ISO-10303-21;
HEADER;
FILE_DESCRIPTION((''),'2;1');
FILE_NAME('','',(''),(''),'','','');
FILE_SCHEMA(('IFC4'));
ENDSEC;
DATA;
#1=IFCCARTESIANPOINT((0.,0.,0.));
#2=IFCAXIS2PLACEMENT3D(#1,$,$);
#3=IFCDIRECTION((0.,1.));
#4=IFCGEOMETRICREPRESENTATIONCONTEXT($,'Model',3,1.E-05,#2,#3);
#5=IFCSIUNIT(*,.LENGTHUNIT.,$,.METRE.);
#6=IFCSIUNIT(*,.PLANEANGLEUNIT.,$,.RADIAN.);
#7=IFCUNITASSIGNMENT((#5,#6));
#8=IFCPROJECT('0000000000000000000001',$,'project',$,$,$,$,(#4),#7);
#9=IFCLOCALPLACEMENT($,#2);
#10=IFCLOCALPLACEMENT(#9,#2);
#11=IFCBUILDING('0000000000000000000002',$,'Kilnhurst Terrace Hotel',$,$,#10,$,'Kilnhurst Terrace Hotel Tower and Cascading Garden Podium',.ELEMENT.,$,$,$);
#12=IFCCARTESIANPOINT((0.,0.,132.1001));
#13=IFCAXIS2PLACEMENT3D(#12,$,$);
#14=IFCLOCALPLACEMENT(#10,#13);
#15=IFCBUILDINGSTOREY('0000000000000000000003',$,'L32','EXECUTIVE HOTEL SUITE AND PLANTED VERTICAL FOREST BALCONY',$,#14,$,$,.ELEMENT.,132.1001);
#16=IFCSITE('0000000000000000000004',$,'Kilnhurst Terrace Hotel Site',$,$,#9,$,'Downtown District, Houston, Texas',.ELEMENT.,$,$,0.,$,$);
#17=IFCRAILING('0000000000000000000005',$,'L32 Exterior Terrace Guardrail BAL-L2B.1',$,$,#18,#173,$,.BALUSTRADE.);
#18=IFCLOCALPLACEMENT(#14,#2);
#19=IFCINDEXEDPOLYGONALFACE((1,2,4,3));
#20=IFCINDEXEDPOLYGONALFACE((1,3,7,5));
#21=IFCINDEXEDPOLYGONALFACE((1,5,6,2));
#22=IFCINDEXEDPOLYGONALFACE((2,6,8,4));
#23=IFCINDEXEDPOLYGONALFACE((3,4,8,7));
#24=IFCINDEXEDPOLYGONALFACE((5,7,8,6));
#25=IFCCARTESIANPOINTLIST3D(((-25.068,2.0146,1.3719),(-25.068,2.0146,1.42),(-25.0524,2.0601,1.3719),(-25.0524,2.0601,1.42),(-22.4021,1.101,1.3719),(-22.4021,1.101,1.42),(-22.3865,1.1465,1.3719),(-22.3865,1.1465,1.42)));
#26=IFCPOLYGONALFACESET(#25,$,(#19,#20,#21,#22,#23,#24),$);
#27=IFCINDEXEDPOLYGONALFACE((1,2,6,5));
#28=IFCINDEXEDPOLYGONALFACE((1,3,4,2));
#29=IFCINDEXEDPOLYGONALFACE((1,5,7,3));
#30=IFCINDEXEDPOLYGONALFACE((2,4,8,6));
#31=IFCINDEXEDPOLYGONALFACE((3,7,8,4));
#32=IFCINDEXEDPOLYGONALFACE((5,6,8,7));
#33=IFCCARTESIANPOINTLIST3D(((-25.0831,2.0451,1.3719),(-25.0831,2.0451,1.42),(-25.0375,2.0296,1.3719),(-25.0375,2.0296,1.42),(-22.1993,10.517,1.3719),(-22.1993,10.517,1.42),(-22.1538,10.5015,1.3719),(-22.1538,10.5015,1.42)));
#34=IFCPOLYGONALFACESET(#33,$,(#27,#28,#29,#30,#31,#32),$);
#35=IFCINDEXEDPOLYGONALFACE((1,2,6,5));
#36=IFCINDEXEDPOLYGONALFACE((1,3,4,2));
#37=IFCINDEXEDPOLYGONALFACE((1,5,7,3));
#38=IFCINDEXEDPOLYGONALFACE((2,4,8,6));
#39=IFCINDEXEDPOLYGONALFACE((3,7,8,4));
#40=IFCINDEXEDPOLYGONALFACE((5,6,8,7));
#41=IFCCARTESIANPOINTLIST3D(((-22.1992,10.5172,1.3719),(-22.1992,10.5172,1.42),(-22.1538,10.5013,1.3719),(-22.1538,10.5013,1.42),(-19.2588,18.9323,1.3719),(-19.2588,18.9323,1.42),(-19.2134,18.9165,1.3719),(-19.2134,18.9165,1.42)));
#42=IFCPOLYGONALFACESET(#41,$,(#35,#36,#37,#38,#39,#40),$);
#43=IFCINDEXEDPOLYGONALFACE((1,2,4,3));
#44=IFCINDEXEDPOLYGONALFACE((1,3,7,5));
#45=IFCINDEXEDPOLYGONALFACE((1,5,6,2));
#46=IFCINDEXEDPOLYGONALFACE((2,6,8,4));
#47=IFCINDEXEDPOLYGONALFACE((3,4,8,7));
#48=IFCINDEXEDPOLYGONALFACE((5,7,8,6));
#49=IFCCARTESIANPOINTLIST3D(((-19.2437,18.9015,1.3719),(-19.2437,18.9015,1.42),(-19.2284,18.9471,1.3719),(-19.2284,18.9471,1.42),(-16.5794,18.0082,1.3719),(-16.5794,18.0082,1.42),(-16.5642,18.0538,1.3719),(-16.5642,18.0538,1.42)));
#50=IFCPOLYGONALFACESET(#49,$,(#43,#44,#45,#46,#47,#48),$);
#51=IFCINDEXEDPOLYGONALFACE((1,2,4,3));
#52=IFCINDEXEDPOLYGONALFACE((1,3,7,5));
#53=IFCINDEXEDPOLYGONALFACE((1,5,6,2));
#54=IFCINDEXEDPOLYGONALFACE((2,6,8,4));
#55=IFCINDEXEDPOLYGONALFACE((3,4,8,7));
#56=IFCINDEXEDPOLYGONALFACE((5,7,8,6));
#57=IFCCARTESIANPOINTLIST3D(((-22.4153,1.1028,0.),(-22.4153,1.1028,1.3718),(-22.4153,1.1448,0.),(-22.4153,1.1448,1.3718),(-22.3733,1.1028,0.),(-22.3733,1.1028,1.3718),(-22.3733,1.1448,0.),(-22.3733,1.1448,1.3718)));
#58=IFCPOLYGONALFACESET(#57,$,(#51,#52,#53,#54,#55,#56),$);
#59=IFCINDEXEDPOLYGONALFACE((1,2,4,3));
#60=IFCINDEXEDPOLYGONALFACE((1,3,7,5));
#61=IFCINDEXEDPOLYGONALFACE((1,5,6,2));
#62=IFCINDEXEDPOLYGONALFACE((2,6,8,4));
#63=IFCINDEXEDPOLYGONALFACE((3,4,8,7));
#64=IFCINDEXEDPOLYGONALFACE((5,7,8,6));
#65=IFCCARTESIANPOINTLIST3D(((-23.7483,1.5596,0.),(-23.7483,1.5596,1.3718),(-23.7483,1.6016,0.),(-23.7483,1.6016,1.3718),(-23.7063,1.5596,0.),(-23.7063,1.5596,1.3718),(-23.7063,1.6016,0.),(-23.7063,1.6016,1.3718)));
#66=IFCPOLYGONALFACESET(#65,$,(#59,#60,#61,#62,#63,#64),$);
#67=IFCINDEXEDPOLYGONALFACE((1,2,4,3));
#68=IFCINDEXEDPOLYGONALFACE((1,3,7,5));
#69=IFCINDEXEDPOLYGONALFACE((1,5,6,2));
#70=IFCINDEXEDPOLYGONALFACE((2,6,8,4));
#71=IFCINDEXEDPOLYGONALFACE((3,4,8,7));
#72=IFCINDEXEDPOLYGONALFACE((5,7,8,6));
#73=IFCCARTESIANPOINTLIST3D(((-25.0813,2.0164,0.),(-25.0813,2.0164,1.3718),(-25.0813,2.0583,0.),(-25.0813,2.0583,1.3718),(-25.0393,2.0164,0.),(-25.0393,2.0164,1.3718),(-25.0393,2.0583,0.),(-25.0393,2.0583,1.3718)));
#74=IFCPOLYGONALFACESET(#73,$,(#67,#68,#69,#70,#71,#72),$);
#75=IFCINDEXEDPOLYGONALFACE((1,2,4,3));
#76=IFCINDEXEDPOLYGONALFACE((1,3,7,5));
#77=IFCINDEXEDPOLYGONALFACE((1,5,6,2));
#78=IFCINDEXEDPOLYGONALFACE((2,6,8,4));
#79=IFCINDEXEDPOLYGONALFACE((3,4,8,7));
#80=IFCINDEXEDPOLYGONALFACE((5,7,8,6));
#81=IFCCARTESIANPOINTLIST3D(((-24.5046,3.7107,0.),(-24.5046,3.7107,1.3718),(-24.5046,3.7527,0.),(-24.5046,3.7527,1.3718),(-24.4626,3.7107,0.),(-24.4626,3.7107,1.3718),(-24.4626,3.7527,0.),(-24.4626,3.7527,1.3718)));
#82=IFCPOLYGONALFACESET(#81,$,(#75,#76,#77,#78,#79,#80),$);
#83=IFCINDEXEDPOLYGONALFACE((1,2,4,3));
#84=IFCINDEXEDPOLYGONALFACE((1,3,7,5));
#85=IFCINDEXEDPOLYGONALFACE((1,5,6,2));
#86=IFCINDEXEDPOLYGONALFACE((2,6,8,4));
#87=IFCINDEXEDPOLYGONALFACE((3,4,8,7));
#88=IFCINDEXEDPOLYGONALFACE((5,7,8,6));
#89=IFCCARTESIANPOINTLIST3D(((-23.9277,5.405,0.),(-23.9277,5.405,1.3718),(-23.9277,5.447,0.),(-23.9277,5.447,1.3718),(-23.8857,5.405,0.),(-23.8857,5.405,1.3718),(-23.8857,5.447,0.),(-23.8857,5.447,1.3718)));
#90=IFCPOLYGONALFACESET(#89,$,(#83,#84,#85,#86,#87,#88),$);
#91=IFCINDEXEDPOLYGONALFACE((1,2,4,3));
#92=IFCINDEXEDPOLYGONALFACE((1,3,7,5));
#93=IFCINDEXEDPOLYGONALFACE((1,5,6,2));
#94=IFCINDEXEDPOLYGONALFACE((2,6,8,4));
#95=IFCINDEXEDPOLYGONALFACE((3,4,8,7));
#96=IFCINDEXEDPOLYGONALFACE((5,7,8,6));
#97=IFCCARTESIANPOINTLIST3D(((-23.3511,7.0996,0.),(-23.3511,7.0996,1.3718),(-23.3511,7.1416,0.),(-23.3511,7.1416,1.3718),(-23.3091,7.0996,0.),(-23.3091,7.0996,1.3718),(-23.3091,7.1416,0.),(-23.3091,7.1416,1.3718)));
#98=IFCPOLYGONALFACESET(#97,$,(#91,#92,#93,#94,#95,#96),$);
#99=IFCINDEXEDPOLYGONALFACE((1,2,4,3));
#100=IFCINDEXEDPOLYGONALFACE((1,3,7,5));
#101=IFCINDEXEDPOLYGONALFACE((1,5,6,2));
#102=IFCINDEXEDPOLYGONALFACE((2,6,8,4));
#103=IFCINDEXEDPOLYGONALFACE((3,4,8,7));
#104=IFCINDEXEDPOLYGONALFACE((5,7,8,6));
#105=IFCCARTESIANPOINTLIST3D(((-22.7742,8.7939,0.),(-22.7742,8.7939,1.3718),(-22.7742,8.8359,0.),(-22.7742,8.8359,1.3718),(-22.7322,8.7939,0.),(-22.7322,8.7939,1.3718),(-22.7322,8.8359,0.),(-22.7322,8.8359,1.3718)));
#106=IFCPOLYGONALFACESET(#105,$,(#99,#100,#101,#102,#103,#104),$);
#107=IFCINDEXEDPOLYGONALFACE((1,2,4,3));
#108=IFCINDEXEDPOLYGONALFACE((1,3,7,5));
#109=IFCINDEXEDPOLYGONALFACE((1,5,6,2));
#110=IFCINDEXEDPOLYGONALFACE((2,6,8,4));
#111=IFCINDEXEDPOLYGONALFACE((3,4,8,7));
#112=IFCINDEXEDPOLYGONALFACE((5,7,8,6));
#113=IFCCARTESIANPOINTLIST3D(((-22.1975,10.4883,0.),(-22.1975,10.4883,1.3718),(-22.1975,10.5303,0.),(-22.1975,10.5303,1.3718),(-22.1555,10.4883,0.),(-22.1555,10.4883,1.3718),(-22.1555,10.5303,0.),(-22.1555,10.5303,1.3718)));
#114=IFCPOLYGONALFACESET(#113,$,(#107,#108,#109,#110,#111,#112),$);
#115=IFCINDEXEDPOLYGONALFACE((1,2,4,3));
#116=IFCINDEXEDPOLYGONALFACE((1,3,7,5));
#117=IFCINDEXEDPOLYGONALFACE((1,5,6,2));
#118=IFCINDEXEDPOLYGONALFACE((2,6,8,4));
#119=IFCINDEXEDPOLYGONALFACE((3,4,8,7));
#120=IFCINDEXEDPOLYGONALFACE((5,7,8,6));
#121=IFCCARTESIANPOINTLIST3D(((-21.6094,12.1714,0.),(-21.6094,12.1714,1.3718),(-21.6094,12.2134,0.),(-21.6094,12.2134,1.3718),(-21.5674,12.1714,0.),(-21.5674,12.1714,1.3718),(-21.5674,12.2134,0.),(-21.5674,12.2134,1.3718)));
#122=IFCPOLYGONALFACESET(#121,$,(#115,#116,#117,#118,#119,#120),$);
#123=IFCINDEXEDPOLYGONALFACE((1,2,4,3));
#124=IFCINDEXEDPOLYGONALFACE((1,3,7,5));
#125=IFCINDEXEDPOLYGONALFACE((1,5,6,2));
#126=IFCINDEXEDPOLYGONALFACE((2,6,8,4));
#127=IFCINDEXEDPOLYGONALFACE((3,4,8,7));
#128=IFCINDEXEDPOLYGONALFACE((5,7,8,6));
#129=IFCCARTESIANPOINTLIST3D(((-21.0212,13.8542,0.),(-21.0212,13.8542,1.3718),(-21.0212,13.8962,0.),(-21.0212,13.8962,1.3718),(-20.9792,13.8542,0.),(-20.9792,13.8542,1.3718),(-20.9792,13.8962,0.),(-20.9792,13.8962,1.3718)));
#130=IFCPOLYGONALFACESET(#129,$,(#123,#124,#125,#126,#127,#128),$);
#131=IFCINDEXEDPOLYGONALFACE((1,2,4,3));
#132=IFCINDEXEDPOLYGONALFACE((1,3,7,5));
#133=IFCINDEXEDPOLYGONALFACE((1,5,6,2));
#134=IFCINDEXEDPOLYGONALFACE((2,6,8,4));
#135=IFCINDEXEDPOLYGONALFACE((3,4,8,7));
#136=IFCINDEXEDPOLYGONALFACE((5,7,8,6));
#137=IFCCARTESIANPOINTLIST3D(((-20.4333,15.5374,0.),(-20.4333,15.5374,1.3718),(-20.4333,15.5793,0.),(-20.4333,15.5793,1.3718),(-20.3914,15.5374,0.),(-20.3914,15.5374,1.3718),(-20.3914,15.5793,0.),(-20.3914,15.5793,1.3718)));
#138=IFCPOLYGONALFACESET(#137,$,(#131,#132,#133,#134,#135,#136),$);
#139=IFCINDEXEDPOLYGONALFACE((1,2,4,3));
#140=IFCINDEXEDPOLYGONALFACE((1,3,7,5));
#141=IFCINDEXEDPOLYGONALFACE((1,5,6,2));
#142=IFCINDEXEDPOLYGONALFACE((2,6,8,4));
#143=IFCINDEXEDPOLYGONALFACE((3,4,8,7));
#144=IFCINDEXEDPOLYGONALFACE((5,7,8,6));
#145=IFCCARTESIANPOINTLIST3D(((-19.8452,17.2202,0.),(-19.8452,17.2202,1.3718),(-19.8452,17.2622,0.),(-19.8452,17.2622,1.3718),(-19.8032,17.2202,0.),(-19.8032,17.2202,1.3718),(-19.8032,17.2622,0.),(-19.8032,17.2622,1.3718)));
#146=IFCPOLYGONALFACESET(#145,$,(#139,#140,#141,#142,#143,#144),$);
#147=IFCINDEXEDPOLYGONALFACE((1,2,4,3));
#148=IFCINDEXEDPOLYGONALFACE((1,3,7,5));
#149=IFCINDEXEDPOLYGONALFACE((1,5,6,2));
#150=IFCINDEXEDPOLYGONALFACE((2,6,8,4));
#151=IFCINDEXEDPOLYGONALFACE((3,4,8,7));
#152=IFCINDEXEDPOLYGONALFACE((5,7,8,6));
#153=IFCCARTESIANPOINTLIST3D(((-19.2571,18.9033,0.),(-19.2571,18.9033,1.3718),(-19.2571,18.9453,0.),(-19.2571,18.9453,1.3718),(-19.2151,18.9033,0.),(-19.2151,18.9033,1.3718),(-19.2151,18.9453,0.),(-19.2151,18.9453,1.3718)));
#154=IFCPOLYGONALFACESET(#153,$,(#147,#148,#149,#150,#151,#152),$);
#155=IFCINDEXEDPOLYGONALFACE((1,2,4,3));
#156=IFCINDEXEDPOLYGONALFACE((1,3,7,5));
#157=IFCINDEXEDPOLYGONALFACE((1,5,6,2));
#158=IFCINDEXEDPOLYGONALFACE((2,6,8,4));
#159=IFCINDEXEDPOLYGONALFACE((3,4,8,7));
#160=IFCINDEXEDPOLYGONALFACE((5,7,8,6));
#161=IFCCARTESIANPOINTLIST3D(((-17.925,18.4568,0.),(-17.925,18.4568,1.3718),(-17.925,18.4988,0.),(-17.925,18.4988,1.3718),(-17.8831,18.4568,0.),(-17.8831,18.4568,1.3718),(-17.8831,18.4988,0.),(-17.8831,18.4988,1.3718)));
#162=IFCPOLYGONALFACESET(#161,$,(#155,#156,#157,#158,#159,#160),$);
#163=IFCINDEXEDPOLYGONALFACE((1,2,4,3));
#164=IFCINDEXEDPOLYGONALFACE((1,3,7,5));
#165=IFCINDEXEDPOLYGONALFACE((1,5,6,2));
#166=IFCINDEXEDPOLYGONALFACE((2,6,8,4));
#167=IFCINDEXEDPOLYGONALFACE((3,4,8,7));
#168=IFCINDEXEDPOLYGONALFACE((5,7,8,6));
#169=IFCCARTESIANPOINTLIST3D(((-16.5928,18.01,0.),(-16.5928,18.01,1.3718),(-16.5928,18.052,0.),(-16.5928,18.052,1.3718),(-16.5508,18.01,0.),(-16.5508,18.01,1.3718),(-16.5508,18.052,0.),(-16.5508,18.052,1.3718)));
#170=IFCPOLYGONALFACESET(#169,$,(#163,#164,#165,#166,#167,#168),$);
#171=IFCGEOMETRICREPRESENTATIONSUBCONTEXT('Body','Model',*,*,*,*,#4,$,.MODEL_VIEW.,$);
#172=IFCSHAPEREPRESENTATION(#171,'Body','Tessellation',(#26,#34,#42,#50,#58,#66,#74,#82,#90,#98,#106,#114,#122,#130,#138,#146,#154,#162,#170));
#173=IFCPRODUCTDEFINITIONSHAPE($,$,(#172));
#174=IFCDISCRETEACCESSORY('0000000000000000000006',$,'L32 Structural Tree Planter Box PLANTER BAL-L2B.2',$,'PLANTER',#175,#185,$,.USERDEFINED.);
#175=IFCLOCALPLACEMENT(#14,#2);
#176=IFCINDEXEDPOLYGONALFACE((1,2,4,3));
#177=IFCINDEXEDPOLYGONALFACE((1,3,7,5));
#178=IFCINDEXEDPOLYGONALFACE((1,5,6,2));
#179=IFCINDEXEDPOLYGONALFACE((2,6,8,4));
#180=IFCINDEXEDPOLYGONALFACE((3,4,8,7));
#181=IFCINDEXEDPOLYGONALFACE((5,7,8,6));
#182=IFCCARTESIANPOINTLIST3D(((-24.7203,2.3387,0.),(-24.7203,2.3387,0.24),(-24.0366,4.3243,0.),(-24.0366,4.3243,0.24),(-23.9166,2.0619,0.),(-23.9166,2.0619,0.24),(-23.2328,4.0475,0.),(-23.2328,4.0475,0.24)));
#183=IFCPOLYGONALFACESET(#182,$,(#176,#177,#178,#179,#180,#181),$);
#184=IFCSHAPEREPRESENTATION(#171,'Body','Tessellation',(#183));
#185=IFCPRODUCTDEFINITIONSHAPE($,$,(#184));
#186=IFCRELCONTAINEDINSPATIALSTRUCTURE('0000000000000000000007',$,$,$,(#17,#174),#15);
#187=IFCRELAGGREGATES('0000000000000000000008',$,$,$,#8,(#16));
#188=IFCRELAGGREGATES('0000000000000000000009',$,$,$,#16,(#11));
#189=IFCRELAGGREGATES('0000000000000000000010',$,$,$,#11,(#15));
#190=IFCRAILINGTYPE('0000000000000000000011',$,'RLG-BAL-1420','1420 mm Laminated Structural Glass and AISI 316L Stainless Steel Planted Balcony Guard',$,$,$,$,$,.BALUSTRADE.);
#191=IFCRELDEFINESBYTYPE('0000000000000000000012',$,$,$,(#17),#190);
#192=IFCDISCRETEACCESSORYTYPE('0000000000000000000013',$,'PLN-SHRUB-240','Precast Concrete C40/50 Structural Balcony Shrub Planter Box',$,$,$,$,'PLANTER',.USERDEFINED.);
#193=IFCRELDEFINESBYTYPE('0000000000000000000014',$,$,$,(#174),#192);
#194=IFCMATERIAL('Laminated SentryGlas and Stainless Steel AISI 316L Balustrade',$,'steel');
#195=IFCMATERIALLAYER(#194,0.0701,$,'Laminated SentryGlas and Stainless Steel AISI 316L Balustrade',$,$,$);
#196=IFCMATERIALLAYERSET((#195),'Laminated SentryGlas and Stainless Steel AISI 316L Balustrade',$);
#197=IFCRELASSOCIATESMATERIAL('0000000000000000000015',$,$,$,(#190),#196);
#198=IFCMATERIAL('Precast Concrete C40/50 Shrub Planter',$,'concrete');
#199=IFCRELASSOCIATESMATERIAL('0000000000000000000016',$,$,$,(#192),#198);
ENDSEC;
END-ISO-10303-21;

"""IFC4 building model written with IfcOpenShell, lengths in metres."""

from ifc_helpers import new_model, si_unit, direction, frame, origin, origin_2d, place, context, subcontext, project, spatial, rectangle, extrude, material, layer, layer_set, type_object, element, save


model = new_model("IFC4")

# Units and contexts
model_context = context("Model", 3, precision=1e-05, world=origin(), true_north=direction((0.0, 1.0)))
body_context = subcontext(model_context, "Body", "Model", "MODEL_VIEW")
ifc_project = project(units=[si_unit("LENGTHUNIT", "METRE"), si_unit("PLANEANGLEUNIT", "RADIAN")], contexts=[model_context])

# Site, building, storey
site_placement = place(None, origin())
site = spatial("IfcSite", under=ifc_project, at=site_placement, Name="Kilnhurst Terrace Hotel Site", LongName="Downtown District, Houston, Texas", CompositionType="ELEMENT", RefElevation=0.0)
building_placement = place(site_placement, origin())
building = spatial("IfcBuilding", under=site, at=building_placement, Name="Kilnhurst Terrace Hotel", LongName="Kilnhurst Terrace Hotel Tower and Cascading Garden Podium", CompositionType="ELEMENT")
storey_placement = place(building_placement, frame((0.0, 0.0, 132.1001)))
storey = spatial("IfcBuildingStorey", under=building, at=storey_placement, Name="L32", Description="EXECUTIVE HOTEL SUITE AND PLANTED VERTICAL FOREST BALCONY", CompositionType="ELEMENT", Elevation=132.1001)

# Railing
ifc_material_1 = material(Name="Laminated SentryGlas and Stainless Steel AISI 316L Balustrade", Category="steel")
ifc_layer_1 = layer(ifc_material_1, 0.0701, Name="Laminated SentryGlas and Stainless Steel AISI 316L Balustrade")
ifc_layer_set_1 = layer_set([ifc_layer_1], Name="Laminated SentryGlas and Stainless Steel AISI 316L Balustrade")
railing_type = type_object("IfcRailingType", Name="RLG-BAL-1420", Description="1420 mm Laminated Structural Glass and AISI 316L Stainless Steel Planted Balcony Guard", PredefinedType="BALUSTRADE", material=ifc_layer_set_1)
railing_placement = place(storey_placement, frame((-22.3943, 1.1238, 0.0)))
element("IfcRailing", 1, at=railing_placement, inside=storey, type_object=railing_type, Name="L32 Exterior Terrace Guardrail BAL-L2B.1", PredefinedType="BALUSTRADE", context=body_context, shape_type="SweptSolid", body=[
    extrude(rectangle(XDim=0.0481, YDim=0.0481, at=origin_2d()), frame((0.0, 0.0, 1.396), z_axis=(-0.945999, 0.324169, 0.0), x_axis=(-0.324169, -0.945999, 0.0)), (0.0, 0.0, 1.0), 2.8181),
    extrude(rectangle(XDim=0.0481, YDim=0.0481, at=origin_2d()), frame((-2.666, 0.9136, 1.396), z_axis=(0.322237, 0.946659, 0.0), x_axis=(-0.946659, 0.322237, 0.0)), (0.0, 0.0, 1.0), 8.9492),
    extrude(rectangle(XDim=0.0481, YDim=0.0481, at=origin_2d()), frame((0.2178, 9.3855, 1.396), z_axis=(0.329867, 0.944027, 0.0), x_axis=(-0.944027, 0.329867, 0.0)), (0.0, 0.0, 1.0), 8.9141),
    extrude(rectangle(XDim=0.0481, YDim=0.0481, at=origin_2d()), frame((3.1582, 17.8005, 1.396), z_axis=(0.948126, -0.317895, 0.0), x_axis=(0.317895, 0.948126, 0.0)), (0.0, 0.0, 1.0), 2.8101),
    extrude(rectangle(XDim=0.042, YDim=0.042, at=origin_2d()), origin(), (0.0, 0.0, 1.0), 1.3718),
    extrude(rectangle(XDim=0.042, YDim=0.042, at=origin_2d()), frame((-1.333, 0.4568, 0.0)), (0.0, 0.0, 1.0), 1.3718),
    extrude(rectangle(XDim=0.042, YDim=0.042, at=origin_2d()), frame((-2.666, 0.9136, 0.0)), (0.0, 0.0, 1.0), 1.3718),
    extrude(rectangle(XDim=0.042, YDim=0.042, at=origin_2d()), frame((-2.0894, 2.6079, 0.0)), (0.0, 0.0, 1.0), 1.3718),
    extrude(rectangle(XDim=0.042, YDim=0.042, at=origin_2d()), frame((-1.5125, 4.3022, 0.0)), (0.0, 0.0, 1.0), 1.3718),
    extrude(rectangle(XDim=0.042, YDim=0.042, at=origin_2d()), frame((-0.9358, 5.9968, 0.0)), (0.0, 0.0, 1.0), 1.3718),
    extrude(rectangle(XDim=0.042, YDim=0.042, at=origin_2d()), frame((-0.3589, 7.6912, 0.0)), (0.0, 0.0, 1.0), 1.3718),
    extrude(rectangle(XDim=0.042, YDim=0.042, at=origin_2d()), frame((0.2178, 9.3855, 0.0)), (0.0, 0.0, 1.0), 1.3718),
    extrude(rectangle(XDim=0.042, YDim=0.042, at=origin_2d()), frame((0.8059, 11.0686, 0.0)), (0.0, 0.0, 1.0), 1.3718),
    extrude(rectangle(XDim=0.042, YDim=0.042, at=origin_2d()), frame((1.394, 12.7515, 0.0)), (0.0, 0.0, 1.0), 1.3718),
    extrude(rectangle(XDim=0.042, YDim=0.042, at=origin_2d()), frame((1.9819, 14.4346, 0.0)), (0.0, 0.0, 1.0), 1.3718),
    extrude(rectangle(XDim=0.042, YDim=0.042, at=origin_2d()), frame((2.5701, 16.1174, 0.0)), (0.0, 0.0, 1.0), 1.3718),
    extrude(rectangle(XDim=0.042, YDim=0.042, at=origin_2d()), frame((3.1582, 17.8005, 0.0)), (0.0, 0.0, 1.0), 1.3718),
    extrude(rectangle(XDim=0.042, YDim=0.042, at=origin_2d()), frame((4.4902, 17.354, 0.0)), (0.0, 0.0, 1.0), 1.3718),
    extrude(rectangle(XDim=0.042, YDim=0.042, at=origin_2d()), frame((5.8225, 16.9072, 0.0)), (0.0, 0.0, 1.0), 1.3718),
])

# Discrete accessory
ifc_material_2 = material(Name="Precast Concrete C40/50 Shrub Planter", Category="concrete")
discrete_accessory_type = type_object("IfcDiscreteAccessoryType", Name="PLN-SHRUB-240", Description="Precast Concrete C40/50 Structural Balcony Shrub Planter Box", ElementType="PLANTER", PredefinedType="USERDEFINED", material=ifc_material_2)
discrete_accessory_placement = place(storey_placement, frame((-23.9766, 3.1931, 0.0), z_axis=(0.0, 0.0, 1.0), x_axis=(-0.325601, -0.945507, 0.0)))
element("IfcDiscreteAccessory", 2, at=discrete_accessory_placement, inside=storey, type_object=discrete_accessory_type, Name="L32 Structural Tree Planter Box PLANTER BAL-L2B.2", ObjectType="PLANTER", PredefinedType="USERDEFINED", context=body_context, shape_type="SweptSolid", body=[
    extrude(rectangle(XDim=2.1001, YDim=0.8501, at=origin_2d()), origin(), (0.0, 0.0, 1.0), 0.24),
])

save(model, "model.ifc")
